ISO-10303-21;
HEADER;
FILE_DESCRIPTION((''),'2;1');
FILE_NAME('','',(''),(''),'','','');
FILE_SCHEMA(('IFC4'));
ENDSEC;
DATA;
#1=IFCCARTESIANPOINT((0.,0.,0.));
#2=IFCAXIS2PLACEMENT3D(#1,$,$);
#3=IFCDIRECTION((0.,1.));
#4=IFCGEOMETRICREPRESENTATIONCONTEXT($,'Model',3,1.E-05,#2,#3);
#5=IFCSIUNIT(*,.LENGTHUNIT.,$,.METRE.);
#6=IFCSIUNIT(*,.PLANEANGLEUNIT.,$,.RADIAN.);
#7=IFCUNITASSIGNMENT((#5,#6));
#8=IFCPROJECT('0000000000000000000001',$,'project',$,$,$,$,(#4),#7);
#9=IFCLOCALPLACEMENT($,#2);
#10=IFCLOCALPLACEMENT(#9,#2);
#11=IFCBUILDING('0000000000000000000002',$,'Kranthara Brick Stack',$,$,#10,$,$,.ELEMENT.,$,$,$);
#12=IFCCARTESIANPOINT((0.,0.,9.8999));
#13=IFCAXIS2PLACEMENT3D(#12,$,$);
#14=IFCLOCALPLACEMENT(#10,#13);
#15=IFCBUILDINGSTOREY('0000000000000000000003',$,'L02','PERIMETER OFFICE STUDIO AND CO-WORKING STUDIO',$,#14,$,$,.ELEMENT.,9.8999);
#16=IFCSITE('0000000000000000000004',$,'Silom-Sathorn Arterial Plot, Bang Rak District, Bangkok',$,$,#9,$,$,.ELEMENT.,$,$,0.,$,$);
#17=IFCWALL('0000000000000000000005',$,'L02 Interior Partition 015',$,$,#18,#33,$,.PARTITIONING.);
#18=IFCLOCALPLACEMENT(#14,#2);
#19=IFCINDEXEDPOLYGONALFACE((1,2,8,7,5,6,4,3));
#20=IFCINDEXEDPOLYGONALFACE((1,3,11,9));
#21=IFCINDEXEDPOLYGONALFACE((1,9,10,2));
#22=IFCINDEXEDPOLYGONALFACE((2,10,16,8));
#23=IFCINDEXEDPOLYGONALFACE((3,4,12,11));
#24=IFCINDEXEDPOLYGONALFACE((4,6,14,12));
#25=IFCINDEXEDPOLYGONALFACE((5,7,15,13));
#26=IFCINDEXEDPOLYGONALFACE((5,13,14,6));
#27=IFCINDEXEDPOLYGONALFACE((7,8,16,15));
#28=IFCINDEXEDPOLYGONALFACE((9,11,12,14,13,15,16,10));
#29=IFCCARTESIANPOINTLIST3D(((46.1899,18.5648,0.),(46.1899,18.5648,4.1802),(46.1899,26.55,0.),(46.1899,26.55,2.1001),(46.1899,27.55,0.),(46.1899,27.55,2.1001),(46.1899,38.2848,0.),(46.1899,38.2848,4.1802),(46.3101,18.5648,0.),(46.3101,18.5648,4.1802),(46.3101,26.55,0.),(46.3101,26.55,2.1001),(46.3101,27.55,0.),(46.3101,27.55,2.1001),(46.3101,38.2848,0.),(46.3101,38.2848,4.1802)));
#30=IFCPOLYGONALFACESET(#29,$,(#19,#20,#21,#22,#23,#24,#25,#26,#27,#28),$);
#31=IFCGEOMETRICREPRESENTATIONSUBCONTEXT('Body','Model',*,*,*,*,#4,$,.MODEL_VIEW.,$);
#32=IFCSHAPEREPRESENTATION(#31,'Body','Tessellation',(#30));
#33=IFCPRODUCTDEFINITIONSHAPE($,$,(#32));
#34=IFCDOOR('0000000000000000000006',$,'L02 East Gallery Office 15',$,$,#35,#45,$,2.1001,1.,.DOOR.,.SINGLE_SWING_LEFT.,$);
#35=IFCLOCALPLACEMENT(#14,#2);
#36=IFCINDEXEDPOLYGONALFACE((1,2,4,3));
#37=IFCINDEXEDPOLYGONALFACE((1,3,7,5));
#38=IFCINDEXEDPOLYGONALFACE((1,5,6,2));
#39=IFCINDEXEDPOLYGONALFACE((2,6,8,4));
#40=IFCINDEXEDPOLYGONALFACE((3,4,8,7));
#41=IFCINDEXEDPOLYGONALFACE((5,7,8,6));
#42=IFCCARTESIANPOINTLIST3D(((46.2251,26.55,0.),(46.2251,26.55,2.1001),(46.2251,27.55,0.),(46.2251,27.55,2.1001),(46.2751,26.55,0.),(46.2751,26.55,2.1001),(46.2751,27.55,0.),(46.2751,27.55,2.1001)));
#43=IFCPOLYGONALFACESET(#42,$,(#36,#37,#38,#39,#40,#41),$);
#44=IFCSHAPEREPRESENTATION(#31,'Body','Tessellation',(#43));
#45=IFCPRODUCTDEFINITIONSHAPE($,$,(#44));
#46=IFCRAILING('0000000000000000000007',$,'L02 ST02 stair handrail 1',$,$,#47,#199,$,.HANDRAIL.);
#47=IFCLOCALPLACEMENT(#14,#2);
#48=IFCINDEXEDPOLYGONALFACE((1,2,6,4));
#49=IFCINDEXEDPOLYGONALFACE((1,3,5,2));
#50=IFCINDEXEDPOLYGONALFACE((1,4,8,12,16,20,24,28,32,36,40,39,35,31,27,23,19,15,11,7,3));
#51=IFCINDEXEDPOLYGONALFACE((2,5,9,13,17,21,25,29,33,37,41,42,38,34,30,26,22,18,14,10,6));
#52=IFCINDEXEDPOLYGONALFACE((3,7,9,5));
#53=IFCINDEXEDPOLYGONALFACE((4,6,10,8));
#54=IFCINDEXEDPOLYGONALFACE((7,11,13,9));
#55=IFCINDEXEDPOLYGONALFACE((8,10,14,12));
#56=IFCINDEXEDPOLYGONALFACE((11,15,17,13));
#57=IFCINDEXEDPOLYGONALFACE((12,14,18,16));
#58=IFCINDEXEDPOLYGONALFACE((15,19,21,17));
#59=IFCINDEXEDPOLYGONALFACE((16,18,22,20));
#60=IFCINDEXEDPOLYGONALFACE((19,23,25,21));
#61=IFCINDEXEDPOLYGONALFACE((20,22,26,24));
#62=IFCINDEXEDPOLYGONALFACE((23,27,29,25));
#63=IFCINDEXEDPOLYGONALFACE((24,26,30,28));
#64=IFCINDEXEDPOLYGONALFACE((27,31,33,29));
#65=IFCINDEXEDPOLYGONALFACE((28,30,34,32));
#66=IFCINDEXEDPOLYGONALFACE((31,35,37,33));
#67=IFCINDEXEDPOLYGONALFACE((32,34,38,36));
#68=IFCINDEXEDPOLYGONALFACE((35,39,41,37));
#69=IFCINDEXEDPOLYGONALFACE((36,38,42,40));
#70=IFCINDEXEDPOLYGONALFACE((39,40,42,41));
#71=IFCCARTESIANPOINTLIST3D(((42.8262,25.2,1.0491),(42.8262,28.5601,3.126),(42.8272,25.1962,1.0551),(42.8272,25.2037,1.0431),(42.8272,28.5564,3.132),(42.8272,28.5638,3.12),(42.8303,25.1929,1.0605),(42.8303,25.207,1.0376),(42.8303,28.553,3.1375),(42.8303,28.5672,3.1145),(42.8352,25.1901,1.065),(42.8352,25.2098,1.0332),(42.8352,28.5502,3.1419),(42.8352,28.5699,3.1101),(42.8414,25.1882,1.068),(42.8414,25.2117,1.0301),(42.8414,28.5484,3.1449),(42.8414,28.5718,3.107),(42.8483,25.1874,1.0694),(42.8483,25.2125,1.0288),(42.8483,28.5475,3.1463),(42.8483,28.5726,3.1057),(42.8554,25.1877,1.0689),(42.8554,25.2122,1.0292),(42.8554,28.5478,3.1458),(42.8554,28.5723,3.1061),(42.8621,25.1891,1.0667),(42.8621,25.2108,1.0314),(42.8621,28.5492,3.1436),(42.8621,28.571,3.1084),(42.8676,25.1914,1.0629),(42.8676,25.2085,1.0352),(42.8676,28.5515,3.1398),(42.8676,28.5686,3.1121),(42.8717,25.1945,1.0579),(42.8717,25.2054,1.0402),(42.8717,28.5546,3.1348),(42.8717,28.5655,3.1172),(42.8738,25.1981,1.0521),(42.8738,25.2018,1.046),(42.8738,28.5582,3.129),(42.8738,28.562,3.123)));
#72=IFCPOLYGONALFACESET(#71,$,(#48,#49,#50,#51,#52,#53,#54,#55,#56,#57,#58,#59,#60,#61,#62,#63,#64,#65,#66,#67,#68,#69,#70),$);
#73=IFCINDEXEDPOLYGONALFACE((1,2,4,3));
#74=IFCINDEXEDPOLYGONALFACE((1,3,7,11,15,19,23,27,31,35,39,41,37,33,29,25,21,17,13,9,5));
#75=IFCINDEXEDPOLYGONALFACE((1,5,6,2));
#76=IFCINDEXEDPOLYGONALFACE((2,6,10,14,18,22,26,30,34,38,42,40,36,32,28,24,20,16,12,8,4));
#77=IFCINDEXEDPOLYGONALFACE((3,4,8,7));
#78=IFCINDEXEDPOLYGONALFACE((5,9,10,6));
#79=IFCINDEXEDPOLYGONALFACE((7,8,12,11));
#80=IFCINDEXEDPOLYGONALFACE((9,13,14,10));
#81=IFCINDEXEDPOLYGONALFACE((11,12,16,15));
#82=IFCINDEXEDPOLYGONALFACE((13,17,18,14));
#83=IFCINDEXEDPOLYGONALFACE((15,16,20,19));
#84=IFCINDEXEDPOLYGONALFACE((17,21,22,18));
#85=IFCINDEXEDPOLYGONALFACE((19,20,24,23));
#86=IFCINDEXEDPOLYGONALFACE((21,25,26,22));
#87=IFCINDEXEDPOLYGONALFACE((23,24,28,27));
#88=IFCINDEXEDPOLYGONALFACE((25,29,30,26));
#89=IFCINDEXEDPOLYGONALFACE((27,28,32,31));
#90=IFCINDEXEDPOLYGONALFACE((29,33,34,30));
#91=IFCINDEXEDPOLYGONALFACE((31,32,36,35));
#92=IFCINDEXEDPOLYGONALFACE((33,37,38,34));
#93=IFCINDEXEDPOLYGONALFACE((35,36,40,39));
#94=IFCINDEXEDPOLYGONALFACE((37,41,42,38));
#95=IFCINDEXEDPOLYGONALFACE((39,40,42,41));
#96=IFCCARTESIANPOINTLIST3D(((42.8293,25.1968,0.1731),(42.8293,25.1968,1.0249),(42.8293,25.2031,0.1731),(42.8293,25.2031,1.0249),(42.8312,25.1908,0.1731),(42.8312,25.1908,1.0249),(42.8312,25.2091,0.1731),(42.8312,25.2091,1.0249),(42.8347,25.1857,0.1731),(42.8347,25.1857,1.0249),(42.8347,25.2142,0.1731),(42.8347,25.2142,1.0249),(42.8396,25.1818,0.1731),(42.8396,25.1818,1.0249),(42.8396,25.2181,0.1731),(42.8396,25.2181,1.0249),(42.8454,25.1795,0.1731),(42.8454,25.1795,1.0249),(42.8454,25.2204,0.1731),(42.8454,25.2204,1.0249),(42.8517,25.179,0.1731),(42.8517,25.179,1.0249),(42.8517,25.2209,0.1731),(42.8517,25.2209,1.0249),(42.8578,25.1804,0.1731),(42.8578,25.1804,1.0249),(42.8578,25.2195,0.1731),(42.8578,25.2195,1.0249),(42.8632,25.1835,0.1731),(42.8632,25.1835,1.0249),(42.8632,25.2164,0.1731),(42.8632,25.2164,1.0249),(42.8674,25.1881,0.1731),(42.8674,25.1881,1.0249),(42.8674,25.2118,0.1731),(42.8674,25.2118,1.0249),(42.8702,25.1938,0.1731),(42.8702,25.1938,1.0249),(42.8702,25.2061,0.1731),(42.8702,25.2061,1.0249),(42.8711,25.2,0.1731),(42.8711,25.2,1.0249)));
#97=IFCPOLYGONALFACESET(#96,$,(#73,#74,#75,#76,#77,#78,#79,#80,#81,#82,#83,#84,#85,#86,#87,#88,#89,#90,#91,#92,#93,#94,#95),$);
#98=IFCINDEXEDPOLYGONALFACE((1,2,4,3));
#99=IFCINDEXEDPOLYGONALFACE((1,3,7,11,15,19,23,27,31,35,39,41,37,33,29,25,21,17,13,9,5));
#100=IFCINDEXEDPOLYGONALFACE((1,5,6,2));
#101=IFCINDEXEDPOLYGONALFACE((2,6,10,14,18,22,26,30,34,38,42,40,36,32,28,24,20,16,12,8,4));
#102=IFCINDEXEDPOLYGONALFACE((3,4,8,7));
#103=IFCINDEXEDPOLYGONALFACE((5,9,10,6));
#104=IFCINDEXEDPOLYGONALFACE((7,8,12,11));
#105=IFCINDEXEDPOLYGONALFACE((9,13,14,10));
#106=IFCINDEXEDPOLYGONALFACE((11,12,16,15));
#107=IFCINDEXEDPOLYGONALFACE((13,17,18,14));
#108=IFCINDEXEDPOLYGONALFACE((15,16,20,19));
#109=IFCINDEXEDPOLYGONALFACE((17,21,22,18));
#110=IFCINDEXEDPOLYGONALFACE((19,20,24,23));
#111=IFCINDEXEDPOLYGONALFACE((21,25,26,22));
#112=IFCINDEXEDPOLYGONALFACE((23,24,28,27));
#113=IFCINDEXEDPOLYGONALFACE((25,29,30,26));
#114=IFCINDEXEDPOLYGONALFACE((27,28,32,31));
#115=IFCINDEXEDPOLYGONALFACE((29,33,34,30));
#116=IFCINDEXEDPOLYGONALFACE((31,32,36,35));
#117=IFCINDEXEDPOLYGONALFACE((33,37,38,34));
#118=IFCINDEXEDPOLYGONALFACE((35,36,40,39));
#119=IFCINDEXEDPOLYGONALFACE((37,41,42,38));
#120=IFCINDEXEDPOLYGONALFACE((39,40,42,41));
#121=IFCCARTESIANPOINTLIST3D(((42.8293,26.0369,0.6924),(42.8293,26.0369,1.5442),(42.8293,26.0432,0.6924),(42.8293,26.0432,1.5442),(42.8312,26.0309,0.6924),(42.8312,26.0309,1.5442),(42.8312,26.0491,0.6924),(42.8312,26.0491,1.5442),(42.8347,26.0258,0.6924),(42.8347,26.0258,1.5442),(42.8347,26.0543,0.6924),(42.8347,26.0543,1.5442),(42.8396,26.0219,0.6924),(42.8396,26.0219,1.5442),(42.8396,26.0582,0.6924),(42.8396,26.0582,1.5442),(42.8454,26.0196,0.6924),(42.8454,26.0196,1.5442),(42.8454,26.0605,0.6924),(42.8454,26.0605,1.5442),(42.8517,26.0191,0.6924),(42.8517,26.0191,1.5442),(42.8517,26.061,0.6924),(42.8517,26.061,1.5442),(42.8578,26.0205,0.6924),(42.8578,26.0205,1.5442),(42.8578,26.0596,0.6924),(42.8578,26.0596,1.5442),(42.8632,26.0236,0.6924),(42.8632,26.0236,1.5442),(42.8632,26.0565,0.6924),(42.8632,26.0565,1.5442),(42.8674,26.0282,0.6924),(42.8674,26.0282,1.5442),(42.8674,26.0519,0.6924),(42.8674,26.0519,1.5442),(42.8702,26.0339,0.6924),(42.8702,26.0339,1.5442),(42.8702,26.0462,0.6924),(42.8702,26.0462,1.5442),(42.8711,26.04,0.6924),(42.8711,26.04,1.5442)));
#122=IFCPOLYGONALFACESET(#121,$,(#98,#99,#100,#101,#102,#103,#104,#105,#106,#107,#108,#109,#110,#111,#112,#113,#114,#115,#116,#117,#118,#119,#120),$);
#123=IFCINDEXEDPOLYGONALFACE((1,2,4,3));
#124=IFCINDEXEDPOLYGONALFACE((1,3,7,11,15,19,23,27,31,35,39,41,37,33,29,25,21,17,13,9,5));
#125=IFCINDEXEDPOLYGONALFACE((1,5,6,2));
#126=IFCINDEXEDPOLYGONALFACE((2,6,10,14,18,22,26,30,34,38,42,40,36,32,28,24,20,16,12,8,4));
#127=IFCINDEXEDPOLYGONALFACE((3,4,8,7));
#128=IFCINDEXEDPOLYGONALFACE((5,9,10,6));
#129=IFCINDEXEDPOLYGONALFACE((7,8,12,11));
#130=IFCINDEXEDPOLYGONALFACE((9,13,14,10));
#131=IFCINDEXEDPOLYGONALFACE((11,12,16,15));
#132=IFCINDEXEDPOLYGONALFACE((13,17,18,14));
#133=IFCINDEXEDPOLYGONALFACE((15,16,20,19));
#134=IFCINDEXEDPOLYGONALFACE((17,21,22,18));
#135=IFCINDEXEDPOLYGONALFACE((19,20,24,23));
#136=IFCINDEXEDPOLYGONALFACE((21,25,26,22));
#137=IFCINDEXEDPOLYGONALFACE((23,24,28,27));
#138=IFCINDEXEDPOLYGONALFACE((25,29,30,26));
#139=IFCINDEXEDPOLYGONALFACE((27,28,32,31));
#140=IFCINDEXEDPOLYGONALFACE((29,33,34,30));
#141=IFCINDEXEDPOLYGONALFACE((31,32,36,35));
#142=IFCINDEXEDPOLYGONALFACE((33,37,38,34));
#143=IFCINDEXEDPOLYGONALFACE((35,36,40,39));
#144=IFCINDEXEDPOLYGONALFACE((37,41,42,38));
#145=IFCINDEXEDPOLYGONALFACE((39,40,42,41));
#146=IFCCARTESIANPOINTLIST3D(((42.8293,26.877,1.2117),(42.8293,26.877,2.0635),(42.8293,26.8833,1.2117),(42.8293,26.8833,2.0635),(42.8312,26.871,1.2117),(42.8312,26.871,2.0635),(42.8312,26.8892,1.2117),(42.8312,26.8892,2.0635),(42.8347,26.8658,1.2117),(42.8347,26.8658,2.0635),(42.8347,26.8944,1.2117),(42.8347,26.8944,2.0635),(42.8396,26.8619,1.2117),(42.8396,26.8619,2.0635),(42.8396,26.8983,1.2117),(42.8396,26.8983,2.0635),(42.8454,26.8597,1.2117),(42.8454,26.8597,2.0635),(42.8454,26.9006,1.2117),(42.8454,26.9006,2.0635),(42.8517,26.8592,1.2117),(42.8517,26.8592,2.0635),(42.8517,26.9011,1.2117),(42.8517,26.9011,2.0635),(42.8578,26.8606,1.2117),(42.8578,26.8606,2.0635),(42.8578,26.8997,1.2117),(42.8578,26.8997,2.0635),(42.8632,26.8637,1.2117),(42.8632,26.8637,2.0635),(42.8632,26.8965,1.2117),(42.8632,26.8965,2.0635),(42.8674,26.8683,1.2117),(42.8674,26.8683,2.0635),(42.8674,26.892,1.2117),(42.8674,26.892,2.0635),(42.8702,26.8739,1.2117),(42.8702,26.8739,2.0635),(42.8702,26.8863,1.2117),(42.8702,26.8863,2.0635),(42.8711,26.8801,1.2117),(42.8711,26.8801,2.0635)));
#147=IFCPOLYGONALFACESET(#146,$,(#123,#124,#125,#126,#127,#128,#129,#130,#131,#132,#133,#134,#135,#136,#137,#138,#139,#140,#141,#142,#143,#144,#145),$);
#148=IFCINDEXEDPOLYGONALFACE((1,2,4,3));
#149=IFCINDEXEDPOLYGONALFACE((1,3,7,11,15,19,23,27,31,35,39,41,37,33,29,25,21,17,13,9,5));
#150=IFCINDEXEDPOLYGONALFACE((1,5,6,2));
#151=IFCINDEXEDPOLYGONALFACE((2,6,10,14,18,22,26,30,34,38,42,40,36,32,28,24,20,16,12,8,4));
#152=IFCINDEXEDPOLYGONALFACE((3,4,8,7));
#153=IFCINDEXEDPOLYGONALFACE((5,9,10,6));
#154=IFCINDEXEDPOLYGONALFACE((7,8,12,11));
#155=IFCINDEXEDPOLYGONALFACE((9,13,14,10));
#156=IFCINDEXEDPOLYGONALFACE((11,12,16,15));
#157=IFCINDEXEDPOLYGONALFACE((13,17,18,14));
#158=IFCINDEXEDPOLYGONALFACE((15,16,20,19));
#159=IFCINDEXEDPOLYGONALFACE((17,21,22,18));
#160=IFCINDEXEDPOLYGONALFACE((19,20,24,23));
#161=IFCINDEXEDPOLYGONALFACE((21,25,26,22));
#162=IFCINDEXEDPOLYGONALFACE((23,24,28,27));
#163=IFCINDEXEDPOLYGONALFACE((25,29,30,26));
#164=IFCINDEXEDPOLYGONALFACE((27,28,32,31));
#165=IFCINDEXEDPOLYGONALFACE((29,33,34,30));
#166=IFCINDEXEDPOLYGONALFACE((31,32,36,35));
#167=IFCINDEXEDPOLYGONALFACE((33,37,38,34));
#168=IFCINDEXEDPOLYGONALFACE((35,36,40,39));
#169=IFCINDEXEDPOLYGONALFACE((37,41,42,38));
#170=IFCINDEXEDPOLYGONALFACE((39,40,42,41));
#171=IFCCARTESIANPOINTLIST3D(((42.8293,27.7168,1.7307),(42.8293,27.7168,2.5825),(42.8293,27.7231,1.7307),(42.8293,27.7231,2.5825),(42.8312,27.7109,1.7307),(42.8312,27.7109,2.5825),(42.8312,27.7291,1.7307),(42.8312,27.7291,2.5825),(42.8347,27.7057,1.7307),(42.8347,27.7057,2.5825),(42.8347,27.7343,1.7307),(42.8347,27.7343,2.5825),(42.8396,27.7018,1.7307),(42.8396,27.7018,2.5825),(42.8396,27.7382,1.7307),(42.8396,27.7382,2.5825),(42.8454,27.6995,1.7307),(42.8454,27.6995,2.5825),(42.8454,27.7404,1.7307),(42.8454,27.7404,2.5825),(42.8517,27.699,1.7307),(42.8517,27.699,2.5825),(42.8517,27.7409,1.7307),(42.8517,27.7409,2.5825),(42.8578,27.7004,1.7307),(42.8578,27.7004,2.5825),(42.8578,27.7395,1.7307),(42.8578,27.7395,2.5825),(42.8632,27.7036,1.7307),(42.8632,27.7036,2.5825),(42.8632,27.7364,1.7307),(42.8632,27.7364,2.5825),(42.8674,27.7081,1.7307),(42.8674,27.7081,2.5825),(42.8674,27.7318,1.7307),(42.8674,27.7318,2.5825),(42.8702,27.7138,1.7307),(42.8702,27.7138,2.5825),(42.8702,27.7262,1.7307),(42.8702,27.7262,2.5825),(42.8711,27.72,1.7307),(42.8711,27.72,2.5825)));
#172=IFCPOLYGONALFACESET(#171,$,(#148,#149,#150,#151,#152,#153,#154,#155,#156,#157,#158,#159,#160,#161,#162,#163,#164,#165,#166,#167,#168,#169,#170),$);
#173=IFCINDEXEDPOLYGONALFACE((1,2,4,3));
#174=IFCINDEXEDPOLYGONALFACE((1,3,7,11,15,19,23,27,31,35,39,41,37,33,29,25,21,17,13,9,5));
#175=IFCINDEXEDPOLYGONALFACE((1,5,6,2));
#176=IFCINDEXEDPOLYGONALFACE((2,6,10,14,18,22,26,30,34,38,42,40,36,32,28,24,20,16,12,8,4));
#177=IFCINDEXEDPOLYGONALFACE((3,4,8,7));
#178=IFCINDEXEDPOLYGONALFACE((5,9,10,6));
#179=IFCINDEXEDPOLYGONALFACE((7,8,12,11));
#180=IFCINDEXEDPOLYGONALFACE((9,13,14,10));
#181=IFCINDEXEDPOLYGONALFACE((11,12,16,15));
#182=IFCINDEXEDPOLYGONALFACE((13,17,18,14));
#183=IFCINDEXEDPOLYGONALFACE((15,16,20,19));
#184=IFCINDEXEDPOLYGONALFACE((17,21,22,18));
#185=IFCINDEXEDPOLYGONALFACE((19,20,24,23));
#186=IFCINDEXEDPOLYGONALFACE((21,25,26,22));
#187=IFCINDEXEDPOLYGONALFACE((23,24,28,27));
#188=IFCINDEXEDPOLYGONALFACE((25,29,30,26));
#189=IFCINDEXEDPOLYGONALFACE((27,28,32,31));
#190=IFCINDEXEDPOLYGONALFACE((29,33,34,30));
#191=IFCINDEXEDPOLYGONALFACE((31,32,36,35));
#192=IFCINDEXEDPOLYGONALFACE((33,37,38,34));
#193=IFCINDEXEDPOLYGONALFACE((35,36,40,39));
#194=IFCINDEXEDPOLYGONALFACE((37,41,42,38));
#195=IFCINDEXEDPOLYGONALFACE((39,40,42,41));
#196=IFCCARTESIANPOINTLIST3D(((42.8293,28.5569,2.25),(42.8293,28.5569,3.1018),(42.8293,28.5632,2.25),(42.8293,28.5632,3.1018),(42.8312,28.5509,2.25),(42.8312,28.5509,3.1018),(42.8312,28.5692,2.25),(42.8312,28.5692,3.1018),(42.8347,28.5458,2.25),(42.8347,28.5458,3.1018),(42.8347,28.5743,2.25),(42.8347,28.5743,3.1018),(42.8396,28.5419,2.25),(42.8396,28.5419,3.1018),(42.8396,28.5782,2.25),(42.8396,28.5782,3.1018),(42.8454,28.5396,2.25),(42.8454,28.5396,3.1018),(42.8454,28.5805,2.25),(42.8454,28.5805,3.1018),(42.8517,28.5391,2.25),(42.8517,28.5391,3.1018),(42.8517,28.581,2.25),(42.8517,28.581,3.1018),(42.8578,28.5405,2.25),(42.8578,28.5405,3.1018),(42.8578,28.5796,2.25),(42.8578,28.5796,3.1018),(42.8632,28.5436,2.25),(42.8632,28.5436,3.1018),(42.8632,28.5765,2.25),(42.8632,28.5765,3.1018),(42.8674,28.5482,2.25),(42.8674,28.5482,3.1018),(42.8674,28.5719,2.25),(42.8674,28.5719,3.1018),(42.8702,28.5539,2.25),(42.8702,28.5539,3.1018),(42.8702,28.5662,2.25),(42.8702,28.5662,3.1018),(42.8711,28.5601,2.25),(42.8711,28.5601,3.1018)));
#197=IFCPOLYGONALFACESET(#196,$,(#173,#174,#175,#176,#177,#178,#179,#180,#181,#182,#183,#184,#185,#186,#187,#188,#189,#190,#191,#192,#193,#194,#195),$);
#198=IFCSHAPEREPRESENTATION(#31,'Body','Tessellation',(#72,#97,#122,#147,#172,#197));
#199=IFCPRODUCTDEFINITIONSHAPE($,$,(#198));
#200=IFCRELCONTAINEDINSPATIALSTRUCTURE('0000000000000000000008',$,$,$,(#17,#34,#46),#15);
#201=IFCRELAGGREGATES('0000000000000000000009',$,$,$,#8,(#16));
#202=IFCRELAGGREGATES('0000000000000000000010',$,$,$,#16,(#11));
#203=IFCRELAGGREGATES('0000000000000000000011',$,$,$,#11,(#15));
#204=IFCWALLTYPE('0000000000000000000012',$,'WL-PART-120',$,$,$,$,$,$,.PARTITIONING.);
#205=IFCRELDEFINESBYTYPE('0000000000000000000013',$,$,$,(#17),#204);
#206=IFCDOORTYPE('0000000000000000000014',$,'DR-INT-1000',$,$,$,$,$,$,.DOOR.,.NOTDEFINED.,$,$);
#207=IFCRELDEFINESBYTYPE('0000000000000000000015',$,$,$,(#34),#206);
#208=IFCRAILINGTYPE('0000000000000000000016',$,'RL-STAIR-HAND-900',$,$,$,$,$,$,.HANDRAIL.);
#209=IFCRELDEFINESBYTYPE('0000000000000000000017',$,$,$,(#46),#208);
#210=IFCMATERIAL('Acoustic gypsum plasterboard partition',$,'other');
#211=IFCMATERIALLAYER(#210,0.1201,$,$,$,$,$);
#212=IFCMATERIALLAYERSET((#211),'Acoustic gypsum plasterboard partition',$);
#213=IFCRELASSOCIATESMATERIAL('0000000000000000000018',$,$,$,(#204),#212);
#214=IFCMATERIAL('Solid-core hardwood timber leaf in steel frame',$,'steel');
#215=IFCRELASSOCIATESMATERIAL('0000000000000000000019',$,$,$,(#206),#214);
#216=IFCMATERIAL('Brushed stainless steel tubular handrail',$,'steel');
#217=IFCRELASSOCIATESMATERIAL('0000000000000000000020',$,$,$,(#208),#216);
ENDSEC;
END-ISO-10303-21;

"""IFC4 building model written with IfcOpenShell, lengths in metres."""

from ifc_helpers import new_model, si_unit, direction, frame, frame_2d, origin, origin_2d, place, context, subcontext, project, spatial, rectangle, circle, extrude, material, layer, layer_set, type_object, element, fill, save


model = new_model("IFC4")

# Units and contexts
model_context = context("Model", 3, precision=1e-05, world=origin(), true_north=direction((0.0, 1.0)))
body_context = subcontext(model_context, "Body", "Model", "MODEL_VIEW")
ifc_project = project(units=[si_unit("LENGTHUNIT", "METRE"), si_unit("PLANEANGLEUNIT", "RADIAN")], contexts=[model_context])

# Site, building, storey
site_placement = place(None, origin())
site = spatial("IfcSite", under=ifc_project, at=site_placement, Name="Silom-Sathorn Arterial Plot, Bang Rak District, Bangkok", CompositionType="ELEMENT", RefElevation=0.0)
building_placement = place(site_placement, origin())
building = spatial("IfcBuilding", under=site, at=building_placement, Name="Kranthara Brick Stack", CompositionType="ELEMENT")
storey_placement = place(building_placement, frame((0.0, 0.0, 9.8999)))
storey = spatial("IfcBuildingStorey", under=building, at=storey_placement, Name="L02", Description="PERIMETER OFFICE STUDIO AND CO-WORKING STUDIO", CompositionType="ELEMENT", Elevation=9.8999)

# Shared definitions
ifc_material_1 = material(Name="Acoustic gypsum plasterboard partition", Category="other")
ifc_layer_1 = layer(ifc_material_1, 0.1201)
ifc_layer_set_1 = layer_set([ifc_layer_1], Name="Acoustic gypsum plasterboard partition")
wall_type_1 = type_object("IfcWallType", Name="WL-PART-120", PredefinedType="PARTITIONING", material=ifc_layer_set_1)

# Wall, opening, door
wall_1_placement = place(storey_placement, frame((46.25, 18.5649, 0.0), z_axis=(0.0, 0.0, 1.0), x_axis=(0.0, 1.0, 0.0)))
wall_1 = element("IfcWall", 1, at=wall_1_placement, inside=storey, type_object=wall_type_1, Name="L02 Interior Partition 015", PredefinedType="PARTITIONING", context=body_context, shape_type="SweptSolid", body=[
    extrude(rectangle(XDim=19.72, YDim=0.1201, at=frame_2d((9.8599, 0.0))), origin(), (0.0, 0.0, 1.0), 4.1802),
])
opening_placement = place(wall_1_placement, frame((7.9851, 0.0, 0.0)))
opening = element("IfcOpeningElement", 2, at=opening_placement, cuts=wall_1, PredefinedType="OPENING", context=body_context, shape_type="SweptSolid", body=[
    extrude(rectangle(XDim=1.0, YDim=2.1001, at=frame_2d((0.5, 1.05))), frame((0.0, 0.0701, 0.0), z_axis=(0.0, -1.0, 0.0), x_axis=(1.0, 0.0, 0.0)), (0.0, 0.0, 1.0), 0.1401),
])
ifc_material_2 = material(Name="Solid-core hardwood timber leaf in steel frame", Category="steel")
door_type = type_object("IfcDoorType", Name="DR-INT-1000", OperationType="NOTDEFINED", PredefinedType="DOOR", material=ifc_material_2)
door_placement = place(opening_placement, origin())
door = element("IfcDoor", 3, at=door_placement, inside=storey, type_object=door_type, Name="L02 East Gallery Office 15", OperationType="SINGLE_SWING_LEFT", OverallHeight=2.1001, OverallWidth=1.0, PredefinedType="DOOR", context=body_context, shape_type="SweptSolid", body=[
    extrude(rectangle(XDim=1.0, YDim=2.1001, at=frame_2d((0.5, 1.05))), frame((0.0, 0.0249, 0.0), z_axis=(0.0, -1.0, 0.0), x_axis=(1.0, 0.0, 0.0)), (0.0, 0.0, 1.0), 0.05),
])
fill(opening, door)

# Railing
ifc_material_3 = material(Name="Brushed stainless steel tubular handrail", Category="steel")
railing_type = type_object("IfcRailingType", Name="RL-STAIR-HAND-900", PredefinedType="HANDRAIL", material=ifc_material_3)
railing_placement = place(storey_placement, frame((42.8501, 25.2, 0.1731)))
element("IfcRailing", 4, at=railing_placement, inside=storey, type_object=railing_type, Name="L02 ST02 stair handrail 1", PredefinedType="HANDRAIL", context=body_context, shape_type="SweptSolid", body=[
    extrude(circle(Radius=0.0239, at=origin_2d()), frame((0.0, 0.0, 0.876), z_axis=(0.0, 0.850623, 0.525776), x_axis=(-1.0, 0.0, 0.0)), (0.0, 0.0, 1.0), 3.9502),
    extrude(circle(Radius=0.021, at=origin_2d()), origin(), (0.0, 0.0, 1.0), 0.8518),
    extrude(circle(Radius=0.021, at=origin_2d()), frame((0.0, 0.8401, 0.5193)), (0.0, 0.0, 1.0), 0.8518),
    extrude(circle(Radius=0.021, at=origin_2d()), frame((0.0, 1.6802, 1.0386)), (0.0, 0.0, 1.0), 0.8518),
    extrude(circle(Radius=0.021, at=origin_2d()), frame((0.0, 2.52, 1.5576)), (0.0, 0.0, 1.0), 0.8518),
    extrude(circle(Radius=0.021, at=origin_2d()), frame((0.0, 3.3601, 2.0769)), (0.0, 0.0, 1.0), 0.8518),
])

save(model, "model.ifc")
